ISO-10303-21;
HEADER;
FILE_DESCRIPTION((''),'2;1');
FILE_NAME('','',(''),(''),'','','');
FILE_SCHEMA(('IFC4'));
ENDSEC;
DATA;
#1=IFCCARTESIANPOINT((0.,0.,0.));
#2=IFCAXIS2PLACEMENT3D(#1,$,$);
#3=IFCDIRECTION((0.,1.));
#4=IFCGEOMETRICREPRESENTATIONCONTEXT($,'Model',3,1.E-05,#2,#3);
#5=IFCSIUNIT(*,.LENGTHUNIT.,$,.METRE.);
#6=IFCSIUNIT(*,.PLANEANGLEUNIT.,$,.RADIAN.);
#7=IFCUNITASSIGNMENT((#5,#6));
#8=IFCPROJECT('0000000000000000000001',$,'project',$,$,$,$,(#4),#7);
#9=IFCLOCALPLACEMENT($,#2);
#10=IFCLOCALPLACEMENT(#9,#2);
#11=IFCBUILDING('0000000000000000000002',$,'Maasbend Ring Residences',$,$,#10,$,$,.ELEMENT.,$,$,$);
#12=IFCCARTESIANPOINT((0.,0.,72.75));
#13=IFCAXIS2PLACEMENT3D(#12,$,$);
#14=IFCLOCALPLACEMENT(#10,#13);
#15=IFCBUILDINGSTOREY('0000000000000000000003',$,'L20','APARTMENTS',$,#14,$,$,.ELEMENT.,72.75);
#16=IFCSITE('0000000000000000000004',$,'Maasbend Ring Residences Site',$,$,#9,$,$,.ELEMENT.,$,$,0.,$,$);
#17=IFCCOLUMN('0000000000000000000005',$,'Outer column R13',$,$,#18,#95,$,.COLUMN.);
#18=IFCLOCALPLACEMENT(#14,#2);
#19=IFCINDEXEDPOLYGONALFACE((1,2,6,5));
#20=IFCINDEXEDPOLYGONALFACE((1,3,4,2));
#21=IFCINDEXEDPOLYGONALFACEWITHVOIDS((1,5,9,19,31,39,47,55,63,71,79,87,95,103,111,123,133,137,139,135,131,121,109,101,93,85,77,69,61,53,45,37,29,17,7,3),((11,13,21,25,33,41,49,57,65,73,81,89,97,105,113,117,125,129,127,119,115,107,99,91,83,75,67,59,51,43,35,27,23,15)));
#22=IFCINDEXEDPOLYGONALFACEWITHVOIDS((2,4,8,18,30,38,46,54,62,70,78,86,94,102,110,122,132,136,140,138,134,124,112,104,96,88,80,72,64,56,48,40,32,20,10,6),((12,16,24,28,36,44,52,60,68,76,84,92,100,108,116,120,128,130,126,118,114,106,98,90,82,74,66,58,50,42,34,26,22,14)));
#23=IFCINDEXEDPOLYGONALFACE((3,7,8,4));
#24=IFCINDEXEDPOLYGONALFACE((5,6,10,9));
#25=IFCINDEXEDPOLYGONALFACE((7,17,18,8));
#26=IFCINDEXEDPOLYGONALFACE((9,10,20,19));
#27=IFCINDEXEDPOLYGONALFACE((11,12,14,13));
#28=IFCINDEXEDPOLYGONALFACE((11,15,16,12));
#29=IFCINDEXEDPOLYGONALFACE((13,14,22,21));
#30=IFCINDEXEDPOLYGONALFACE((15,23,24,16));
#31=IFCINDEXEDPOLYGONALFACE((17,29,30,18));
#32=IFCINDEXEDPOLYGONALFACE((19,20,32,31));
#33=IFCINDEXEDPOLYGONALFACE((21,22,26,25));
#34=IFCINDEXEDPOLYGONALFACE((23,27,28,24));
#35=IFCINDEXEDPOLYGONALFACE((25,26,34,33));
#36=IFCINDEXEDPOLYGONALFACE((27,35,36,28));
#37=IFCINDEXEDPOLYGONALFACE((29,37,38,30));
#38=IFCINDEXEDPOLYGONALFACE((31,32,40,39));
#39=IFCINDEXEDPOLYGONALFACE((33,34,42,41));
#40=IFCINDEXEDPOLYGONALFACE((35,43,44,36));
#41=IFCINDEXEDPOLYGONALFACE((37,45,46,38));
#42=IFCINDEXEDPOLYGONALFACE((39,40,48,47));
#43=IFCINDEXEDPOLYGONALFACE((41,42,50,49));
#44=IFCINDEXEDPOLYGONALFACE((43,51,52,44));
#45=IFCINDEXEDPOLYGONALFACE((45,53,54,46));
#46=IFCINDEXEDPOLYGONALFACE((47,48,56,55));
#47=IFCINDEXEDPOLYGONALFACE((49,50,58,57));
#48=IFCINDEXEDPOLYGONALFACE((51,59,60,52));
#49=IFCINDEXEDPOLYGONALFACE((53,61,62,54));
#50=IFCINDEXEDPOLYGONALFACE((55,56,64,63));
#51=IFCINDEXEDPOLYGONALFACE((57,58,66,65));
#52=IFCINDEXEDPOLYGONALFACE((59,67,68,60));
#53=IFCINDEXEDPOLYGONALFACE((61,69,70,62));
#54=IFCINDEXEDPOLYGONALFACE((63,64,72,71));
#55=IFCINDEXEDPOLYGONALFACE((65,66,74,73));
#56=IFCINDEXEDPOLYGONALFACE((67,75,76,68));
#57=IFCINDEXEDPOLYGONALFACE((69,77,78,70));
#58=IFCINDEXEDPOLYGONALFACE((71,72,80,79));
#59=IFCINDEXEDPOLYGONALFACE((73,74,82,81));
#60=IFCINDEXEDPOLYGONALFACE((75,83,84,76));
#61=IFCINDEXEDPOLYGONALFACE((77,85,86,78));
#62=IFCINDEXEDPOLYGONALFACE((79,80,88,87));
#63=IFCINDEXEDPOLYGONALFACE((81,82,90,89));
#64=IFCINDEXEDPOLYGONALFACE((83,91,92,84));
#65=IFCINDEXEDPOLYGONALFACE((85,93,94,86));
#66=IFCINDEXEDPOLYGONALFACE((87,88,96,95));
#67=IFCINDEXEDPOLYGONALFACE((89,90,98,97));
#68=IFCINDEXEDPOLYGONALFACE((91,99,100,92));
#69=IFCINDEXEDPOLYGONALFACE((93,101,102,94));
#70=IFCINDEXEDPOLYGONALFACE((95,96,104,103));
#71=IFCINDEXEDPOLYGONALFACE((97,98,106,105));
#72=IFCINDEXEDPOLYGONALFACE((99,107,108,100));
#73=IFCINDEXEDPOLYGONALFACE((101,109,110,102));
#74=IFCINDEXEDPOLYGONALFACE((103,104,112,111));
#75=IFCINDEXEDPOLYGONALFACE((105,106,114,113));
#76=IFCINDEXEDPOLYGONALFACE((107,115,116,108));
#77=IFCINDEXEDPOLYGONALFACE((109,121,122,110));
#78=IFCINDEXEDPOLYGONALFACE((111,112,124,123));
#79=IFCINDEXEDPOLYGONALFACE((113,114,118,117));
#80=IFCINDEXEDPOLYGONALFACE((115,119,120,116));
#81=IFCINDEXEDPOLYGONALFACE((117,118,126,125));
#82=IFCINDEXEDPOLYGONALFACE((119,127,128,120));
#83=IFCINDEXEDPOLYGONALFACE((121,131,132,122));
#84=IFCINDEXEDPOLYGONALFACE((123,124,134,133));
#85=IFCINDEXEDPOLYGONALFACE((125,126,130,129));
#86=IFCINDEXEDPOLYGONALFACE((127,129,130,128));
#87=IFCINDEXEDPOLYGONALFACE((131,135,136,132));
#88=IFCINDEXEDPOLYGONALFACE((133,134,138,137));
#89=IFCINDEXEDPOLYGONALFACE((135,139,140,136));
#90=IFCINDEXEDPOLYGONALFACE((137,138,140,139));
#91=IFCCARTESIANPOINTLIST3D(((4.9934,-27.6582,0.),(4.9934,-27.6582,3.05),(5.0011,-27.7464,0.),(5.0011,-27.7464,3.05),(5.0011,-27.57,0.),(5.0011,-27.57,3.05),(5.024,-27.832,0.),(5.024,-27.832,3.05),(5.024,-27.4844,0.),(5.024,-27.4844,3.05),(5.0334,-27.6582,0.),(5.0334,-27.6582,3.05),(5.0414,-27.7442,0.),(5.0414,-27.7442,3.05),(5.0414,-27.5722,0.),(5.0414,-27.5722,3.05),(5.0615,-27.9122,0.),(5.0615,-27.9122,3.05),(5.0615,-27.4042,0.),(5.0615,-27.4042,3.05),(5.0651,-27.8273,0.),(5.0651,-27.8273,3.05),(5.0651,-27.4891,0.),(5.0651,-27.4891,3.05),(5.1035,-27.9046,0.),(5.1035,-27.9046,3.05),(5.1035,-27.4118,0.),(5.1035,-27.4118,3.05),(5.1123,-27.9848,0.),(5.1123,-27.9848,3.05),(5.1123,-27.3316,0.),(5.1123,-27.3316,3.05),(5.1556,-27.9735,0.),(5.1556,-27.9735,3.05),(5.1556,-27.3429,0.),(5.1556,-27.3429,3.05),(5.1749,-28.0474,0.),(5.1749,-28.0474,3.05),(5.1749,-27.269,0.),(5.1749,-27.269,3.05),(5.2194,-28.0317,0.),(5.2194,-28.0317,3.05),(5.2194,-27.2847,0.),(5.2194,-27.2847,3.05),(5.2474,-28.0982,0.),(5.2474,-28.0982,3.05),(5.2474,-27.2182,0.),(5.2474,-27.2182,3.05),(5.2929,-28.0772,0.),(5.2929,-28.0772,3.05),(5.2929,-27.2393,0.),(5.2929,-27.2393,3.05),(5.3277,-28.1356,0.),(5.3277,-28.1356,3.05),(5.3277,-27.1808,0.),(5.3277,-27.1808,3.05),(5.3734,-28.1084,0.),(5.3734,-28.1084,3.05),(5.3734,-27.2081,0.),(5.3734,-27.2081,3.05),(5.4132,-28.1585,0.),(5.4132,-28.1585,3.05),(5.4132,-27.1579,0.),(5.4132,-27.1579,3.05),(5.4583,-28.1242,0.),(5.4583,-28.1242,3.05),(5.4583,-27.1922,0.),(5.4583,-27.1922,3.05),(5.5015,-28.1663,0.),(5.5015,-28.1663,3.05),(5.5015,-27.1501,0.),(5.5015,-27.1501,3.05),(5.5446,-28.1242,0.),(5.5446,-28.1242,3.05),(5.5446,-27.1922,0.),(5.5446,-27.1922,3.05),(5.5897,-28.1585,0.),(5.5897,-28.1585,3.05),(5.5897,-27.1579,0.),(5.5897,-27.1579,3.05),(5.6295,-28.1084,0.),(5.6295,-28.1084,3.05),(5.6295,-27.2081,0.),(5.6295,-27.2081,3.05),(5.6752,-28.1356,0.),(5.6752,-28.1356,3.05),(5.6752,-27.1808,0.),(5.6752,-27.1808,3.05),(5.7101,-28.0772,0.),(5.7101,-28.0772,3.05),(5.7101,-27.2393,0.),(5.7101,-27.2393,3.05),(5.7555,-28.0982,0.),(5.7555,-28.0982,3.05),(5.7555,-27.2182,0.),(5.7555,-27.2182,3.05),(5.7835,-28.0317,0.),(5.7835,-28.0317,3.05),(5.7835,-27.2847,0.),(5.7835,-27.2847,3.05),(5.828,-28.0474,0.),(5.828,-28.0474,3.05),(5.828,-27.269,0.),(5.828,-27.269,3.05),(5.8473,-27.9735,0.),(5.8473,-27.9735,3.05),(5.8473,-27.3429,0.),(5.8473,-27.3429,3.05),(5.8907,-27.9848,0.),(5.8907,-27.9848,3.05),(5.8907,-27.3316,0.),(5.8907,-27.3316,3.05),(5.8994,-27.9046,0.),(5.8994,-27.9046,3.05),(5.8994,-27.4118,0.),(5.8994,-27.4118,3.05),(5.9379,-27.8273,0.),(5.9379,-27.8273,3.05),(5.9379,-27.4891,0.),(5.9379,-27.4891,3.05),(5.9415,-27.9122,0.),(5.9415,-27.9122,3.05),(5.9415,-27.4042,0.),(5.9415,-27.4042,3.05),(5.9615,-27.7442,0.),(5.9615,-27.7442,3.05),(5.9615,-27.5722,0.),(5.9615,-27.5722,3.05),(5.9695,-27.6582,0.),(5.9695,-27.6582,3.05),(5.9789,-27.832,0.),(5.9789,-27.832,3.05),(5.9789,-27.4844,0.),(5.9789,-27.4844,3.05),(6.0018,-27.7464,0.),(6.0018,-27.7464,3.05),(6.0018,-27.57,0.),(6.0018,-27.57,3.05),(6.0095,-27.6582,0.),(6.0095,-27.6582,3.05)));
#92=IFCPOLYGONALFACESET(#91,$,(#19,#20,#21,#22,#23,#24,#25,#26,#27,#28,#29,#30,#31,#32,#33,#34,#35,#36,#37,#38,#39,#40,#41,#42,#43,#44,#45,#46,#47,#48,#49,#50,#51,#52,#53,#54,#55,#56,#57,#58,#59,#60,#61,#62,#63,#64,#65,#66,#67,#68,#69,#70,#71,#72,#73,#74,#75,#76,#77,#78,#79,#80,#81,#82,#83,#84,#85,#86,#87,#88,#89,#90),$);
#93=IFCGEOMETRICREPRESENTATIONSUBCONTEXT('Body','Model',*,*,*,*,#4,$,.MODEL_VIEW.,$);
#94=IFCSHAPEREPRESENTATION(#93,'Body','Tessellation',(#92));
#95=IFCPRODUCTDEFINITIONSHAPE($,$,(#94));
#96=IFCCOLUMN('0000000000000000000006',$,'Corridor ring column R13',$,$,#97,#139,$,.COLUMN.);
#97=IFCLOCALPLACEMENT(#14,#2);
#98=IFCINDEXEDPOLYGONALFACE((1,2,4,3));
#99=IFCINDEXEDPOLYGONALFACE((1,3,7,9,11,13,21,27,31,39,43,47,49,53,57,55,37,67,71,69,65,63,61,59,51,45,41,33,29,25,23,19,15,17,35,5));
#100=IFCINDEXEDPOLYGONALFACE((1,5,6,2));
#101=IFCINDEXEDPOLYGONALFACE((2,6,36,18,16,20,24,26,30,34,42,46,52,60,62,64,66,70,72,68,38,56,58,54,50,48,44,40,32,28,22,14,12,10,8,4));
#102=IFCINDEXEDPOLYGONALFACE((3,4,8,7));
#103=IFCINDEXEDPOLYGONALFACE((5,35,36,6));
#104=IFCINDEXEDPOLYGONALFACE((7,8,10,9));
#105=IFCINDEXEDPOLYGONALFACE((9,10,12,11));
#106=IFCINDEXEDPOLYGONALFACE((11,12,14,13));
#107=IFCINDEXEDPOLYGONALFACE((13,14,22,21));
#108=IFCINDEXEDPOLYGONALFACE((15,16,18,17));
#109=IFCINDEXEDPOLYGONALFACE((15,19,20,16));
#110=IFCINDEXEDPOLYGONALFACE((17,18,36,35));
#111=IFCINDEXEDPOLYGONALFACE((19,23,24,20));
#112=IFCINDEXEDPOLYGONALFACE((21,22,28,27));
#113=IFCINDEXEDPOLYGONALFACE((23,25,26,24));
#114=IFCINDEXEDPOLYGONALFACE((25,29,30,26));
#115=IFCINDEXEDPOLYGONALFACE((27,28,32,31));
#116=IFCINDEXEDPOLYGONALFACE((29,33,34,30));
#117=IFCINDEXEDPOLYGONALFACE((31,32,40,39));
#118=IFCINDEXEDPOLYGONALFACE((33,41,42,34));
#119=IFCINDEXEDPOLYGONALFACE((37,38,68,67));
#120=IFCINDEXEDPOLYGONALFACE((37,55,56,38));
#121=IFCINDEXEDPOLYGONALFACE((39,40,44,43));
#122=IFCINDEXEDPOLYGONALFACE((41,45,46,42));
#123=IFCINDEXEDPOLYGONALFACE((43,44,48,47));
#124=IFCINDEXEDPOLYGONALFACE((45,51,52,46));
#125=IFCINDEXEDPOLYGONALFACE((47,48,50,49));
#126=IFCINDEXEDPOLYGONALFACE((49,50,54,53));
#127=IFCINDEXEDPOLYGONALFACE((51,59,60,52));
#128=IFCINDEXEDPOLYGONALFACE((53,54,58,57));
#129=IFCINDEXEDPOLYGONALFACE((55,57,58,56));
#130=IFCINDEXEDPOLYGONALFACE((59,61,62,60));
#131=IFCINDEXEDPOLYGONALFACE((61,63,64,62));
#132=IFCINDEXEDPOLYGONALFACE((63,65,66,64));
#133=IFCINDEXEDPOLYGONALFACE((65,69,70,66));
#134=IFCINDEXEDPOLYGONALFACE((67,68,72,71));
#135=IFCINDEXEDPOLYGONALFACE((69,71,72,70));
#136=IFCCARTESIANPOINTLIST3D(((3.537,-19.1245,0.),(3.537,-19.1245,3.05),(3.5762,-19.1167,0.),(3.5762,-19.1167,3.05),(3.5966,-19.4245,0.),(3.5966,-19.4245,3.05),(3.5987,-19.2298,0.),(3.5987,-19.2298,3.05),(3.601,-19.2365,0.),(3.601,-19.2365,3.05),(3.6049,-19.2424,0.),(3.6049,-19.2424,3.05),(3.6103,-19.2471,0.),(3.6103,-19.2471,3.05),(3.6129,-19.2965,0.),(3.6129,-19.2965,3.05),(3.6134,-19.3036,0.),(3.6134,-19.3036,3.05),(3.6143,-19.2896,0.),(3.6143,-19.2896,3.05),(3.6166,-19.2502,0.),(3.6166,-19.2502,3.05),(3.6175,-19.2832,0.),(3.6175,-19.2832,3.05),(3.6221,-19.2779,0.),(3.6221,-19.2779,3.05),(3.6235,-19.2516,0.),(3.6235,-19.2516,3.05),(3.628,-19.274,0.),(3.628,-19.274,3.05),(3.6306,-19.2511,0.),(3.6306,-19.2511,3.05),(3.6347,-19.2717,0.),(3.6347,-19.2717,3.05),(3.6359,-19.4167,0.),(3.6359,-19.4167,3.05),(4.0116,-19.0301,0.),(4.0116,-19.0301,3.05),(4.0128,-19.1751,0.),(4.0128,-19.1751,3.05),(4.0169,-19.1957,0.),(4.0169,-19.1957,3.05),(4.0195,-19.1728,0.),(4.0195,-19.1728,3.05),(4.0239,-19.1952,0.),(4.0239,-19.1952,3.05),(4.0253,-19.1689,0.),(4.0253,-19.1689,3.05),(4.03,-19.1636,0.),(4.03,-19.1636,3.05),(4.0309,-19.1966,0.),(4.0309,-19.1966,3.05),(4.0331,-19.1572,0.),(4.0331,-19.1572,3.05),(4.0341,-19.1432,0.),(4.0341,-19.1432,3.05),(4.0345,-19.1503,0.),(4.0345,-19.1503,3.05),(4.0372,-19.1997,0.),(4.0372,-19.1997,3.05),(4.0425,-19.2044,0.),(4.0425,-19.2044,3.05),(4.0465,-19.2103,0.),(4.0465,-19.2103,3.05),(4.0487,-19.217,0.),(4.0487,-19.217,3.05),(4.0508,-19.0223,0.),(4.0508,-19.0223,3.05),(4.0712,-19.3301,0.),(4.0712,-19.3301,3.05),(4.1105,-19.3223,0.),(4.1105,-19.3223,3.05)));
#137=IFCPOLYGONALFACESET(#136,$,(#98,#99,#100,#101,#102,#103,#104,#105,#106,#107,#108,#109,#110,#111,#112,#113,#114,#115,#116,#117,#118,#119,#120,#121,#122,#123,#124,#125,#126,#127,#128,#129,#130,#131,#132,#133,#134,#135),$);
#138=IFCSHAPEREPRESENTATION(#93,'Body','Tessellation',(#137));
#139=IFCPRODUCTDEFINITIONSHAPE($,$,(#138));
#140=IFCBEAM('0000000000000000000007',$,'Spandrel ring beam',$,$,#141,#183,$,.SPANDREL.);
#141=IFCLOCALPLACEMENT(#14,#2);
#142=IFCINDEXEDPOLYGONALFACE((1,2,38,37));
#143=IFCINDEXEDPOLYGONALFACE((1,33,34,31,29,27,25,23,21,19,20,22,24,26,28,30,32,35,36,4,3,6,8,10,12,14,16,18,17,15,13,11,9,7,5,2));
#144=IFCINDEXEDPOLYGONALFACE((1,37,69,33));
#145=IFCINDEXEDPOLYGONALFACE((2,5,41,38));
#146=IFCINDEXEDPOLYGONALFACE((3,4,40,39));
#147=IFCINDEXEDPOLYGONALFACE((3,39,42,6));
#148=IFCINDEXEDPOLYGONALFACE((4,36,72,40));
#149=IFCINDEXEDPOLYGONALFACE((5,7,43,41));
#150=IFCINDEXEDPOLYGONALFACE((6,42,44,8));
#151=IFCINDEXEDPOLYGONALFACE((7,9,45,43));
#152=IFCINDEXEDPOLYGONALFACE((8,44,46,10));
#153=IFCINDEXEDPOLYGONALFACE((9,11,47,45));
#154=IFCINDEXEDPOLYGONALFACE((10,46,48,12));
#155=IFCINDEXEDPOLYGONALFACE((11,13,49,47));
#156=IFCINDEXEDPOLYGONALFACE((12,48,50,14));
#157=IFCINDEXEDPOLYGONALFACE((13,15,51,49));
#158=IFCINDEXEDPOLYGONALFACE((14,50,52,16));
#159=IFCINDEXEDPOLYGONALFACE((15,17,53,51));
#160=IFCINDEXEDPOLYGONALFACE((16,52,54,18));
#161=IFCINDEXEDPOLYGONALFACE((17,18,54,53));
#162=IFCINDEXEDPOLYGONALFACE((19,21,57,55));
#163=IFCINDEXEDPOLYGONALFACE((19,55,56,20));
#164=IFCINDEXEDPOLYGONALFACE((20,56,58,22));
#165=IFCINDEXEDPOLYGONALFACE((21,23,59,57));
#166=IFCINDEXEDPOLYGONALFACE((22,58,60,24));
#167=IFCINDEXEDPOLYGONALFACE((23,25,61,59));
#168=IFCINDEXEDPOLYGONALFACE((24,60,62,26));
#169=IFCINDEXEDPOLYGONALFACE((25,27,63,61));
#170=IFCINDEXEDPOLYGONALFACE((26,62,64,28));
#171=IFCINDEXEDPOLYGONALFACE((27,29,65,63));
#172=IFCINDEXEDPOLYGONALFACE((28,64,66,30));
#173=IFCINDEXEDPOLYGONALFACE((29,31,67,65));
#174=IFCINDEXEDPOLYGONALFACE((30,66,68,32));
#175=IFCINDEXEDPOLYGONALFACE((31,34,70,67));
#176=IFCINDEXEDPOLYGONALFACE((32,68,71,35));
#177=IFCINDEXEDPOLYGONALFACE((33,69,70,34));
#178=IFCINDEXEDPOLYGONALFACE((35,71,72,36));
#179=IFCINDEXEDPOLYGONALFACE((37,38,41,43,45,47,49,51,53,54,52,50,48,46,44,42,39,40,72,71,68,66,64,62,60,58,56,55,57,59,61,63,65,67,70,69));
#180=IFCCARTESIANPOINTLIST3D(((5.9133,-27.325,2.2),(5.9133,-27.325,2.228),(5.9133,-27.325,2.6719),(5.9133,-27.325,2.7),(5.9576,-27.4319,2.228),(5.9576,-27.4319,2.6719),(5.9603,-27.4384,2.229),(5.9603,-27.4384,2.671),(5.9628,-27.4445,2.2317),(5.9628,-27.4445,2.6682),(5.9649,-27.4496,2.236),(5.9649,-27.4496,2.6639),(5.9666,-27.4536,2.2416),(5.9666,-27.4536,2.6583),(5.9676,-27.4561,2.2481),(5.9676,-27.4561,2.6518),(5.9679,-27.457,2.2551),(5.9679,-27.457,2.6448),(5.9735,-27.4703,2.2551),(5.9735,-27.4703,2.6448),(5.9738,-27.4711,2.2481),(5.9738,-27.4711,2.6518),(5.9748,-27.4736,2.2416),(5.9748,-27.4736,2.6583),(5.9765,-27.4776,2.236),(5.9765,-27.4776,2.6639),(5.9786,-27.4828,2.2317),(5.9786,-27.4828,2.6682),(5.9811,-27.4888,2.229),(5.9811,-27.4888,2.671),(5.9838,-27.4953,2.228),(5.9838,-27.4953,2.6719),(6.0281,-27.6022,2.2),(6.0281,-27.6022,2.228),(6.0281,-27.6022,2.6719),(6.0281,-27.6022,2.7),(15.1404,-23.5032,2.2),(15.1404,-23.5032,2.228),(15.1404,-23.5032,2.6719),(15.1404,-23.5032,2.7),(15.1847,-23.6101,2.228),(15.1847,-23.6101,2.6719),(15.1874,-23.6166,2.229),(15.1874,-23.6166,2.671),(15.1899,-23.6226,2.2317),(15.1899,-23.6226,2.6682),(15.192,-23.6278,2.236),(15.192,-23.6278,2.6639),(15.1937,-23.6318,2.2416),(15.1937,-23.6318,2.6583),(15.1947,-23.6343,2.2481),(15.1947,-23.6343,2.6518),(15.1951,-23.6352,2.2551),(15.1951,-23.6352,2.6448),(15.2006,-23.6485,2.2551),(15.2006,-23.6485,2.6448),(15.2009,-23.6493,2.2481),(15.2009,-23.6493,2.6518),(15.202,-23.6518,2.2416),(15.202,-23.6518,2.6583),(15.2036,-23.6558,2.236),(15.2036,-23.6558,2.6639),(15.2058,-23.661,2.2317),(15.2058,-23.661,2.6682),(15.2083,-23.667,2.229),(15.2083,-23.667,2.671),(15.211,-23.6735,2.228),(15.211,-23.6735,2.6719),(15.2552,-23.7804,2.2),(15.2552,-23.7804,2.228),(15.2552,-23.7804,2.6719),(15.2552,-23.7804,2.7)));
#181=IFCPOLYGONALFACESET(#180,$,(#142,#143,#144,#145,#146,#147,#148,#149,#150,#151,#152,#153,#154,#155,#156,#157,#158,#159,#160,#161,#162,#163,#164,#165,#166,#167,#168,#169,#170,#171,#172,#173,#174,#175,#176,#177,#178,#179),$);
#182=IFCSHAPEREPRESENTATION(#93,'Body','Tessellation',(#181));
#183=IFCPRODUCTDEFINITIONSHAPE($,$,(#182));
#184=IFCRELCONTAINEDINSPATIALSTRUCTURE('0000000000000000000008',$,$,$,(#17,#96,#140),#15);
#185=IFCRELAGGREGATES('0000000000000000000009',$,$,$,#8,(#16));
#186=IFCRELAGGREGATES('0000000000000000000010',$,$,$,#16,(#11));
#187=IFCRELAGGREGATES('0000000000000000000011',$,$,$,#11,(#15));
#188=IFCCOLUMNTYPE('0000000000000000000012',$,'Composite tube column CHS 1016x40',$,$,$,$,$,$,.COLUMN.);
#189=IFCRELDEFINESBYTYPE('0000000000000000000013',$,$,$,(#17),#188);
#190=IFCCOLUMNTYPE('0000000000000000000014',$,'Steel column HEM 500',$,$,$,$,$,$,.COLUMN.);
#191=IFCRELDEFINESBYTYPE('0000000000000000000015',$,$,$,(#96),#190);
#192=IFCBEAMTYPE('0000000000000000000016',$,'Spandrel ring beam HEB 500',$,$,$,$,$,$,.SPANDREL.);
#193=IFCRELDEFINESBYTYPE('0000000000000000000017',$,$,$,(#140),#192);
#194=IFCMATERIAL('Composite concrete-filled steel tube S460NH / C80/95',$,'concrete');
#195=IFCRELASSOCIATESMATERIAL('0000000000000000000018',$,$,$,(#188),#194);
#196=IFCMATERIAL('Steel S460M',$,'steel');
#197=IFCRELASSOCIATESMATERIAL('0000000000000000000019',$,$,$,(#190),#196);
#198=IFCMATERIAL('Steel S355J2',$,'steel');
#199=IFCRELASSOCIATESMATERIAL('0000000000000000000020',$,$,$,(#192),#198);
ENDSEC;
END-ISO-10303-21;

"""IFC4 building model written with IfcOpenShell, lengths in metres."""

from ifc_helpers import new_model, si_unit, direction, frame, origin, origin_2d, place, context, subcontext, project, spatial, hollow_circle, i_section, extrude, material, material_profile, profile_set, type_object, element, save


model = new_model("IFC4")

# Units and contexts
model_context = context("Model", 3, precision=1e-05, world=origin(), true_north=direction((0.0, 1.0)))
body_context = subcontext(model_context, "Body", "Model", "MODEL_VIEW")
ifc_project = project(units=[si_unit("LENGTHUNIT", "METRE"), si_unit("PLANEANGLEUNIT", "RADIAN")], contexts=[model_context])

# Site, building, storey
site_placement = place(None, origin())
site = spatial("IfcSite", under=ifc_project, at=site_placement, Name="Maasbend Ring Residences Site", CompositionType="ELEMENT", RefElevation=0.0)
building_placement = place(site_placement, origin())
building = spatial("IfcBuilding", under=site, at=building_placement, Name="Maasbend Ring Residences", CompositionType="ELEMENT")
storey_placement = place(building_placement, frame((0.0, 0.0, 72.75)))
storey = spatial("IfcBuildingStorey", under=building, at=storey_placement, Name="L20", Description="APARTMENTS", CompositionType="ELEMENT", Elevation=72.75)

# Columns
ifc_material_1 = material(Name="Composite concrete-filled steel tube S460NH / C80/95", Category="concrete")
ifc_material_profile_1 = material_profile(ifc_material_1, hollow_circle(Radius=0.5081, WallThickness=0.04, at=origin_2d()), Name="Composite tube column CHS 1016x40")
ifc_profile_set_1 = profile_set([ifc_material_profile_1], Name="Composite concrete-filled steel tube S460NH / C80/95")
column_type_1 = type_object("IfcColumnType", Name="Composite tube column CHS 1016x40", PredefinedType="COLUMN", material=ifc_profile_set_1)
column_1_placement = place(storey_placement, frame((5.5015, -27.6582, 0.0), z_axis=(0.0, 0.0, 1.0), x_axis=(1.0, 0.0, 0.0)))
element("IfcColumn", 1, at=column_1_placement, inside=storey, type_object=column_type_1, Name="Outer column R13", PredefinedType="COLUMN", context=body_context, shape_type="SweptSolid", body=[
    extrude(hollow_circle(Radius=0.5081, WallThickness=0.04, at=origin_2d()), origin(), (0.0, 0.0, 1.0), 3.05),
])
ifc_material_2 = material(Name="Steel S460M", Category="steel")
ifc_material_profile_2 = material_profile(ifc_material_2, i_section(OverallWidth=0.3059, OverallDepth=0.5239, WebThickness=0.021, FlangeThickness=0.04, FilletRadius=0.0271, at=origin_2d()), Name="HEM 500")
ifc_profile_set_2 = profile_set([ifc_material_profile_2], Name="Steel S460M")
column_type_2 = type_object("IfcColumnType", Name="Steel column HEM 500", PredefinedType="COLUMN", material=ifc_profile_set_2)
column_2_placement = place(storey_placement, frame((3.8237, -19.2234, 0.0), z_axis=(0.0, 0.0, 1.0), x_axis=(0.19509, -0.980785, 0.0)))
element("IfcColumn", 2, at=column_2_placement, inside=storey, type_object=column_type_2, Name="Corridor ring column R13", PredefinedType="COLUMN", context=body_context, shape_type="SweptSolid", body=[
    extrude(i_section(OverallWidth=0.3059, OverallDepth=0.5239, WebThickness=0.021, FlangeThickness=0.04, FilletRadius=0.0271, at=origin_2d()), origin(), (0.0, 0.0, 1.0), 3.05),
])

# Beam
ifc_material_3 = material(Name="Steel S355J2", Category="steel")
ifc_material_profile_3 = material_profile(ifc_material_3, i_section(OverallWidth=0.3, OverallDepth=0.5, WebThickness=0.0144, FlangeThickness=0.0281, FilletRadius=0.0271, at=origin_2d()), Name="HEB 500")
ifc_profile_set_3 = profile_set([ifc_material_profile_3], Name="Steel S355J2")
beam_type = type_object("IfcBeamType", Name="Spandrel ring beam HEB 500", PredefinedType="SPANDREL", material=ifc_profile_set_3)
beam_placement = place(storey_placement, frame((5.9707, -27.4636, 2.45), z_axis=(0.923886, 0.382667, 0.0), x_axis=(-0.382667, 0.923886, 0.0)))
element("IfcBeam", 3, at=beam_placement, inside=storey, type_object=beam_type, Name="Spandrel ring beam", PredefinedType="SPANDREL", context=body_context, shape_type="SweptSolid", body=[
    extrude(i_section(OverallWidth=0.3, OverallDepth=0.5, WebThickness=0.0144, FlangeThickness=0.0281, FilletRadius=0.0271, at=origin_2d()), origin(), (0.0, 0.0, 1.0), 9.9873),
])

save(model, "model.ifc")
